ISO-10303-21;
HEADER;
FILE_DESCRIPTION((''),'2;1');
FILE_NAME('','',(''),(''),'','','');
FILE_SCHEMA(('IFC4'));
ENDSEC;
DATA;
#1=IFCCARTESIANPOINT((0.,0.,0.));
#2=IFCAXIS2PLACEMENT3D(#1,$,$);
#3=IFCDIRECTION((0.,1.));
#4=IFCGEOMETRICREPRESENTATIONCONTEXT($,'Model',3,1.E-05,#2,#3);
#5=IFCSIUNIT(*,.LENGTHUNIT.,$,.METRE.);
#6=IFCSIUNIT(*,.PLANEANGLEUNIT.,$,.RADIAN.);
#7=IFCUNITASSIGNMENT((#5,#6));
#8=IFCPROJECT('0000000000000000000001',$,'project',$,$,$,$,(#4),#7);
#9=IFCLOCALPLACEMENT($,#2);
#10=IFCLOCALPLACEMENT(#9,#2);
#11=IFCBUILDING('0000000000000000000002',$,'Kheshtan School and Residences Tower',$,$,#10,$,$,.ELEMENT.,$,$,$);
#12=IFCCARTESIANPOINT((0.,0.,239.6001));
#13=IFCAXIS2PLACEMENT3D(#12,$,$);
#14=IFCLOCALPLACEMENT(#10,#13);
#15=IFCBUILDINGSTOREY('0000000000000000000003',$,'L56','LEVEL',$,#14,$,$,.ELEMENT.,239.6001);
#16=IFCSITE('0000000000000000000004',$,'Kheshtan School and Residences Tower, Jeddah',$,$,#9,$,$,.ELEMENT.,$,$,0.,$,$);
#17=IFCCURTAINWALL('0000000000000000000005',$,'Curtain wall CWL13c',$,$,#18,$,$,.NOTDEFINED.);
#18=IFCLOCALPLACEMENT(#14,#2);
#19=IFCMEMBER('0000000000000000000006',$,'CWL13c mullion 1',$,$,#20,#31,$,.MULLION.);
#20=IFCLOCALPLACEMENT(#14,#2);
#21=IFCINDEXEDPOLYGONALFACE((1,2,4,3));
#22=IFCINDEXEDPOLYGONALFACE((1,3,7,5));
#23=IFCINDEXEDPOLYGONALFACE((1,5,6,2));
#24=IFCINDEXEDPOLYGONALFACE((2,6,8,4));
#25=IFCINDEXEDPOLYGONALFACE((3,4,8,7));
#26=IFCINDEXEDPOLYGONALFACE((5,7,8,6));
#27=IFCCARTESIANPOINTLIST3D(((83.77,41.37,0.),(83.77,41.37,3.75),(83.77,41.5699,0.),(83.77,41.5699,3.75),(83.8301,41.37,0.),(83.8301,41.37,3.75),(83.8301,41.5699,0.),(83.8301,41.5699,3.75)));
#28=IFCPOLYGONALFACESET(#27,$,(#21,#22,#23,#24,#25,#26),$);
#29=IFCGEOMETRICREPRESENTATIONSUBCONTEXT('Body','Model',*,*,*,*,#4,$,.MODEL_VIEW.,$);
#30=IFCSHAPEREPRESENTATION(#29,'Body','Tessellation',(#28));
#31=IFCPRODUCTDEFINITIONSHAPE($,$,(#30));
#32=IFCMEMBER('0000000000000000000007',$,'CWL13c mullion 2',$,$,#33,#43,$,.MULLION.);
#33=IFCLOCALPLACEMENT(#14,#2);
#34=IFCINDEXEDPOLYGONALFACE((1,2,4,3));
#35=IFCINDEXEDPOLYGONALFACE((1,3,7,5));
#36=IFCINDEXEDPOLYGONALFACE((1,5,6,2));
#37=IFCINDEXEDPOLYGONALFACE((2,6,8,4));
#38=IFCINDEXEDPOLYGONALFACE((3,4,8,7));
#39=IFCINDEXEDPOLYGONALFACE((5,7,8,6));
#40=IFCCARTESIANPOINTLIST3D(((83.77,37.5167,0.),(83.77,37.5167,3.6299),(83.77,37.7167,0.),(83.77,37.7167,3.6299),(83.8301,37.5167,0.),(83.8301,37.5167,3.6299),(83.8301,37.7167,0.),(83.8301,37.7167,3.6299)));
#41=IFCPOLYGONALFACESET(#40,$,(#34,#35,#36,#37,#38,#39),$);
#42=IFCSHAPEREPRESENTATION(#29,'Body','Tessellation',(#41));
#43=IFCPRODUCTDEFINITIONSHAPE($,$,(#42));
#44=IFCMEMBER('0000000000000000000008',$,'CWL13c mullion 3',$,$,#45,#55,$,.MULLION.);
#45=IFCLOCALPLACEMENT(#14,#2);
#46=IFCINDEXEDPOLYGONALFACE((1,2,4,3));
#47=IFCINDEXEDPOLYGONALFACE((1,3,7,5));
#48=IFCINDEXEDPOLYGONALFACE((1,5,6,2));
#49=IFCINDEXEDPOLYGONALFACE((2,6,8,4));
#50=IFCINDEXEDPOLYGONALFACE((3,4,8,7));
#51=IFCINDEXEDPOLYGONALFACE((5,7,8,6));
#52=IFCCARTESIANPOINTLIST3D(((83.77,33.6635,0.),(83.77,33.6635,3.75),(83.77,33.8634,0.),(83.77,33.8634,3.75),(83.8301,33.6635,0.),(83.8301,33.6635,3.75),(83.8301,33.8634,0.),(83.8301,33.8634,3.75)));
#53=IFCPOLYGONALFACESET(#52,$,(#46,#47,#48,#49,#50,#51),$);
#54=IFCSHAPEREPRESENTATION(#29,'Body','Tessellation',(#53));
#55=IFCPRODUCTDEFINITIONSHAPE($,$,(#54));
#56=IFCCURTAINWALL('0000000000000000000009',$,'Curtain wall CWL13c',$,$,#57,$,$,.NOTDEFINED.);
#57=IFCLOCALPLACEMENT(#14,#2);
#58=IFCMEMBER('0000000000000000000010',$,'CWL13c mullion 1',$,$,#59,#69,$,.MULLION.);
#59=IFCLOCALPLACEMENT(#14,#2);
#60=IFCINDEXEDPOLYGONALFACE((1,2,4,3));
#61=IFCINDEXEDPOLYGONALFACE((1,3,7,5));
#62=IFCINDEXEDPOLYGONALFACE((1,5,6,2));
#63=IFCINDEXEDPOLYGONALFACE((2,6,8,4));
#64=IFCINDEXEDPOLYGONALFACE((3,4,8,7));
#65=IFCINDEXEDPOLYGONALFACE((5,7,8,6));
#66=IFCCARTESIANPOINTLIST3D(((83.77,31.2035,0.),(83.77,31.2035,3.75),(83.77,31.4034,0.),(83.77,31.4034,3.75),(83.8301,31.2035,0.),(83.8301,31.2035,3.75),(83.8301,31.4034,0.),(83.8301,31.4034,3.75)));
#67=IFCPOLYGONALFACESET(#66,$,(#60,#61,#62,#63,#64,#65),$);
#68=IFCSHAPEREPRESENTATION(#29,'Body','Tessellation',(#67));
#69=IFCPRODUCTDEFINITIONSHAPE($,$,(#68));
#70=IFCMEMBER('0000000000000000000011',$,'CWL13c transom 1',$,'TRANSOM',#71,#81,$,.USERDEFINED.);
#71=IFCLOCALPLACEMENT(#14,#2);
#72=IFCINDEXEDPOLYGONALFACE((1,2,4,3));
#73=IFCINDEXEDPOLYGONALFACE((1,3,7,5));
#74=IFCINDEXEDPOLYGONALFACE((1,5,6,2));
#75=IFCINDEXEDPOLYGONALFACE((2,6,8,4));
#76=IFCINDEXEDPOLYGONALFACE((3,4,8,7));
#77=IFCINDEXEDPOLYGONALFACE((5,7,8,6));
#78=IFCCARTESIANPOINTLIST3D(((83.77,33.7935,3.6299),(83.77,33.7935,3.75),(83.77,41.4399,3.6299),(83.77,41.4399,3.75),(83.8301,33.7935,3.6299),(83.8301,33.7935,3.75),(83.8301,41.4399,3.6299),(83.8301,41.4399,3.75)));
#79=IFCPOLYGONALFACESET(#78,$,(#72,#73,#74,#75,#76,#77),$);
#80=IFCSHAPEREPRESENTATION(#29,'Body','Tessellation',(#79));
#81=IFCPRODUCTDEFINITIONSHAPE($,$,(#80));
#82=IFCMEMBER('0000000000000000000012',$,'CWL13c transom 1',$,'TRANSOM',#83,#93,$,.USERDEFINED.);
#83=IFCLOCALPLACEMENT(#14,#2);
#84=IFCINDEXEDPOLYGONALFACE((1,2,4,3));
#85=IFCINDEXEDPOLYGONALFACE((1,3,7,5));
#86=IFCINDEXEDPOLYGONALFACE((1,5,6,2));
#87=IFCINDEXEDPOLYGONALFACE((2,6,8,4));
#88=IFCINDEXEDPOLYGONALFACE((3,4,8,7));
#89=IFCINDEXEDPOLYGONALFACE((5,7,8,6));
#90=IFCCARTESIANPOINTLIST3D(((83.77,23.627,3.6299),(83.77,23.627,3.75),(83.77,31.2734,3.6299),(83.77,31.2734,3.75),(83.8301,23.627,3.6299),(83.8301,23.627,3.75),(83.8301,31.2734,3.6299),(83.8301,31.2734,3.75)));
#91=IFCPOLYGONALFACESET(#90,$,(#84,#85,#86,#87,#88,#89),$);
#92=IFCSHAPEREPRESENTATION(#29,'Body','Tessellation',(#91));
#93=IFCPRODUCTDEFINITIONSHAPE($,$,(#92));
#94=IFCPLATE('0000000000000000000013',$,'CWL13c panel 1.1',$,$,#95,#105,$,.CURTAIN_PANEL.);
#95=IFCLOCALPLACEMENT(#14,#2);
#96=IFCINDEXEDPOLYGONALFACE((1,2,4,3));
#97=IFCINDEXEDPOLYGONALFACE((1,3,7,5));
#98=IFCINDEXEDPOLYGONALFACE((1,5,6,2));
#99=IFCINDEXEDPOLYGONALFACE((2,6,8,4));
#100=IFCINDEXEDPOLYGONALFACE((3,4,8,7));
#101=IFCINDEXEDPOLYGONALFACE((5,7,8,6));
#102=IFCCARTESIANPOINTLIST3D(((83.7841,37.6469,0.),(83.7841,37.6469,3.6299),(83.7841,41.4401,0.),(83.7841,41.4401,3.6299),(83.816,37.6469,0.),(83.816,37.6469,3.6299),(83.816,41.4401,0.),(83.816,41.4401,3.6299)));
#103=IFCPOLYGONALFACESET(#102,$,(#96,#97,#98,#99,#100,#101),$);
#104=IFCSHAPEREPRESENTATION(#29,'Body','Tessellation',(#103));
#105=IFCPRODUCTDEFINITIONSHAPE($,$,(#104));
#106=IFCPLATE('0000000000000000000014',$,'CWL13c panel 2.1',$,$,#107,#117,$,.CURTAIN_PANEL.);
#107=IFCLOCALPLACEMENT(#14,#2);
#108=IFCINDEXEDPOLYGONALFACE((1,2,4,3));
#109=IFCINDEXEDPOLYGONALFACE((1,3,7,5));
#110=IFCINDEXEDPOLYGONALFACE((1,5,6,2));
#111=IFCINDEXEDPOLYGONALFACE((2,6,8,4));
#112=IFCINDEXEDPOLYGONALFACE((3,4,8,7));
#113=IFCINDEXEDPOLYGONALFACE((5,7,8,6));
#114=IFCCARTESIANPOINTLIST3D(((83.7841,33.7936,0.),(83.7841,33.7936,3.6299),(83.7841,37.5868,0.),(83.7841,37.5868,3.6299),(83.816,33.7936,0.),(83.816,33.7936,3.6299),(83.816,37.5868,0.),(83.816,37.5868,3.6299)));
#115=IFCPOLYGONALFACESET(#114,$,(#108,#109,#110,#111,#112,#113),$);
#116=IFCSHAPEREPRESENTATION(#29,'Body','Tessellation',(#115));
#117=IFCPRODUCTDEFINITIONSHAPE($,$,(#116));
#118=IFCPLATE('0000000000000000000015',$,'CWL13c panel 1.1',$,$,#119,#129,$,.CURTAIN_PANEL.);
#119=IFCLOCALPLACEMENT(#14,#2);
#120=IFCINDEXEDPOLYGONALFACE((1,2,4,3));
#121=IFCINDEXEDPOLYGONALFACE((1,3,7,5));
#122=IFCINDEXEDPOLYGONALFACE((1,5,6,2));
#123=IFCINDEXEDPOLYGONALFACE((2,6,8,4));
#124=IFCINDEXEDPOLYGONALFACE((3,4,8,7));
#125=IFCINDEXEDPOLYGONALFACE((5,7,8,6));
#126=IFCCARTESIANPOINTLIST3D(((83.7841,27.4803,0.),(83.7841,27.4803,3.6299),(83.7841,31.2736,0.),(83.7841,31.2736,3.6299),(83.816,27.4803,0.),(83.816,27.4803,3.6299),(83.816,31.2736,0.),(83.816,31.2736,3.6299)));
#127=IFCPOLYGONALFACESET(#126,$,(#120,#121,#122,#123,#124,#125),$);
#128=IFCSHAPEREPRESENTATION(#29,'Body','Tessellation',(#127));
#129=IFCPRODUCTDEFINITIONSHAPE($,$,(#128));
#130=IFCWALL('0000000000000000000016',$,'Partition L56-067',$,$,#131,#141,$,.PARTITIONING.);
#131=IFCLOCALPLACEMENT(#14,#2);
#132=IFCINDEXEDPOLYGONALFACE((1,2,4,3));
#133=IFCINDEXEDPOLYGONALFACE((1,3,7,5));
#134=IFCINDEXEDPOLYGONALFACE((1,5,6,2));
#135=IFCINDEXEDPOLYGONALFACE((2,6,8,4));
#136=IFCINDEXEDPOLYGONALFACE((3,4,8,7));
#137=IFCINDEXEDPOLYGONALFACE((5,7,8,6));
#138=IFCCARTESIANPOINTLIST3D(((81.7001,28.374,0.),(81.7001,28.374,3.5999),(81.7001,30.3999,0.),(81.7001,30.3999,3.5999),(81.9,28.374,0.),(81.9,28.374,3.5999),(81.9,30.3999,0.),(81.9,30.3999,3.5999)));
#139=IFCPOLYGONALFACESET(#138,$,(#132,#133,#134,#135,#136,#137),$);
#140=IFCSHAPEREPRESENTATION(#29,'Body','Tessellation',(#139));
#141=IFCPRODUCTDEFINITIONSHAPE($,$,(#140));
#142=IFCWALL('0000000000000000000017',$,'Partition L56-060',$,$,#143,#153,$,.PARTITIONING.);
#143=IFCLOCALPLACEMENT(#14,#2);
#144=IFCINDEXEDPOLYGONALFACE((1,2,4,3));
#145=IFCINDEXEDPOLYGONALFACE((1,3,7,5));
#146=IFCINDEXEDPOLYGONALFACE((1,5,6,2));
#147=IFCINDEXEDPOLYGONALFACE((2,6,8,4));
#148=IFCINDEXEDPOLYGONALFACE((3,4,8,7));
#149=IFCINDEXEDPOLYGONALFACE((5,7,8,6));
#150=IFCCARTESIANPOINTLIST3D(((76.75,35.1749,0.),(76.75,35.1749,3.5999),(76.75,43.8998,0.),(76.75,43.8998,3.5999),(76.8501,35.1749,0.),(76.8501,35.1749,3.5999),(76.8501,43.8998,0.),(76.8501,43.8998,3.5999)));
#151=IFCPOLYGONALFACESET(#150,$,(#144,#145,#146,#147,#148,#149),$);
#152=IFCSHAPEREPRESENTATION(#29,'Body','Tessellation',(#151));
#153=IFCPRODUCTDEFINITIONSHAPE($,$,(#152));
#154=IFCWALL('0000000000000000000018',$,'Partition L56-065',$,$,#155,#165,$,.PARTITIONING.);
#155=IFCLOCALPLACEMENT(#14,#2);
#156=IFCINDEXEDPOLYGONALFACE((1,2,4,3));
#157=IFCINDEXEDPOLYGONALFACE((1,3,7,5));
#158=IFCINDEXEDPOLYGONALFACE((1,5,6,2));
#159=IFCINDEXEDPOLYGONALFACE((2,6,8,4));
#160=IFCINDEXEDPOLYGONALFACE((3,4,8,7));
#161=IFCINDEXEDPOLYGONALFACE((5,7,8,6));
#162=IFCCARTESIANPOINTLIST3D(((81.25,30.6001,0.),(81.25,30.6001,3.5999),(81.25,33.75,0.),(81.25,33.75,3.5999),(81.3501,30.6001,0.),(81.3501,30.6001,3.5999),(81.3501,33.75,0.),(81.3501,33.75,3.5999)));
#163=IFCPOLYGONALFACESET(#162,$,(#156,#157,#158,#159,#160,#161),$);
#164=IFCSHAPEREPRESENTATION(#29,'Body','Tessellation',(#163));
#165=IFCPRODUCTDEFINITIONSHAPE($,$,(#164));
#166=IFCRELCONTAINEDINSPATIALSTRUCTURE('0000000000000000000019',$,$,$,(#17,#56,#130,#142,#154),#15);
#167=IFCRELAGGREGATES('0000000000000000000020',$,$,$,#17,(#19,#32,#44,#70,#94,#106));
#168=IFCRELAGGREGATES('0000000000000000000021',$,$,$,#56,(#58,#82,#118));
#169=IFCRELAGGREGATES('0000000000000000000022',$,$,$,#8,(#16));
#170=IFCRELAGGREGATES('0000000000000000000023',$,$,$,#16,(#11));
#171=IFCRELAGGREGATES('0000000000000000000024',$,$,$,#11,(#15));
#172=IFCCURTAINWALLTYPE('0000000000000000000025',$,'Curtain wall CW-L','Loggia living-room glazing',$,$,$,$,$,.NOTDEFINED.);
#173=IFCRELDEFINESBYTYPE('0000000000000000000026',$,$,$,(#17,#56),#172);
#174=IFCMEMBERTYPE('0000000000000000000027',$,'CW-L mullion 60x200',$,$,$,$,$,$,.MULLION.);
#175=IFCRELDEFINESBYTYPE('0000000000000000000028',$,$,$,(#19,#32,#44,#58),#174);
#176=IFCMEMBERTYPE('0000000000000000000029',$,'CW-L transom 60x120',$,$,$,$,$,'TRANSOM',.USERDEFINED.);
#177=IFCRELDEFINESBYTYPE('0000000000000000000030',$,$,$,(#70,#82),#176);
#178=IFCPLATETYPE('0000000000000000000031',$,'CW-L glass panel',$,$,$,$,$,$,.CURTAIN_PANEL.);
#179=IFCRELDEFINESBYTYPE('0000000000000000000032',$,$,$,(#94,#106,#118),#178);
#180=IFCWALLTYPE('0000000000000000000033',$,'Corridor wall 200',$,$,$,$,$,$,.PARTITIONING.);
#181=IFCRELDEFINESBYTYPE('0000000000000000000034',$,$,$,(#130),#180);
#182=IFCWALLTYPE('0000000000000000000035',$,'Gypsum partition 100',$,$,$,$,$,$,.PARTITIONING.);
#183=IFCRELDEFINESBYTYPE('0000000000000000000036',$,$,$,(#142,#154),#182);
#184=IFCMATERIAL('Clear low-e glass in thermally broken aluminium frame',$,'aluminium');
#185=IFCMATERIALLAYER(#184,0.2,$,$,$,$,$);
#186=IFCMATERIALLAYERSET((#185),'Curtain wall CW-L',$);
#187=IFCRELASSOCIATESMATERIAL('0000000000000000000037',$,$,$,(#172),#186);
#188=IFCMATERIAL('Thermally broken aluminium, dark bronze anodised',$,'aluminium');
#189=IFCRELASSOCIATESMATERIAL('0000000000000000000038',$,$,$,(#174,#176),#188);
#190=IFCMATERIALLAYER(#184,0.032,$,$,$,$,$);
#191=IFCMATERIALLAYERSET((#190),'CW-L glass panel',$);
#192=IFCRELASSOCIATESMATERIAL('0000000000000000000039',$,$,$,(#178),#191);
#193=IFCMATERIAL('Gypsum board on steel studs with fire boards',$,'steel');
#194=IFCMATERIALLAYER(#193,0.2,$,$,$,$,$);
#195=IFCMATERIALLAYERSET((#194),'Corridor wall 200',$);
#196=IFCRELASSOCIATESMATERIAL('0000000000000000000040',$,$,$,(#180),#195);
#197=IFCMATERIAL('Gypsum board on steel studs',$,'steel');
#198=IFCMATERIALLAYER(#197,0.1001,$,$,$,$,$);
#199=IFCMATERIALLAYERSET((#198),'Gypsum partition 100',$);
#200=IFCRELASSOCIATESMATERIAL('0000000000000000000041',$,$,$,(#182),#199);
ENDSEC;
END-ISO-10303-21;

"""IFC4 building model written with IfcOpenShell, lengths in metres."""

from ifc_helpers import new_model, si_unit, direction, frame, frame_2d, origin, origin_2d, place, context, subcontext, project, spatial, rectangle, extrude, material, layer, layer_set, material_profile, profile_set, type_object, element, aggregate, save


model = new_model("IFC4")

# Units and contexts
model_context = context("Model", 3, precision=1e-05, world=origin(), true_north=direction((0.0, 1.0)))
body_context = subcontext(model_context, "Body", "Model", "MODEL_VIEW")
ifc_project = project(units=[si_unit("LENGTHUNIT", "METRE"), si_unit("PLANEANGLEUNIT", "RADIAN")], contexts=[model_context])

# Site, building, storey
site_placement = place(None, origin())
site = spatial("IfcSite", under=ifc_project, at=site_placement, Name="Kheshtan School and Residences Tower, Jeddah", CompositionType="ELEMENT", RefElevation=0.0)
building_placement = place(site_placement, origin())
building = spatial("IfcBuilding", under=site, at=building_placement, Name="Kheshtan School and Residences Tower", CompositionType="ELEMENT")
storey_placement = place(building_placement, frame((0.0, 0.0, 239.6001)))
storey = spatial("IfcBuildingStorey", under=building, at=storey_placement, Name="L56", Description="LEVEL", CompositionType="ELEMENT", Elevation=239.6001)

# Curtain wall, members
ifc_material_1 = material(Name="Clear low-e glass in thermally broken aluminium frame", Category="aluminium")
ifc_layer_1 = layer(ifc_material_1, 0.2)
ifc_layer_set_1 = layer_set([ifc_layer_1], Name="Curtain wall CW-L")
curtain_wall_type = type_object("IfcCurtainWallType", Name="Curtain wall CW-L", Description="Loggia living-room glazing", PredefinedType="NOTDEFINED", material=ifc_layer_set_1)
curtain_wall_1_placement = place(storey_placement, origin())
curtain_wall_1 = element("IfcCurtainWall", 1, at=curtain_wall_1_placement, inside=storey, type_object=curtain_wall_type, Name="Curtain wall CWL13c", PredefinedType="NOTDEFINED")
ifc_material_2 = material(Name="Thermally broken aluminium, dark bronze anodised", Category="aluminium")
ifc_material_profile_1 = material_profile(ifc_material_2, rectangle(XDim=0.0601, YDim=0.2, at=origin_2d()), Name="CW-L mullion 60x200")
ifc_profile_set_1 = profile_set([ifc_material_profile_1], Name="Thermally broken aluminium, dark bronze anodised")
member_type_1 = type_object("IfcMemberType", Name="CW-L mullion 60x200", PredefinedType="MULLION", material=ifc_profile_set_1)
member_1_placement = place(storey_placement, frame((83.8, 41.47, 0.0), z_axis=(0.0, 0.0, 1.0), x_axis=(1.0, 0.0, 0.0)))
member_1 = element("IfcMember", 2, at=member_1_placement, type_object=member_type_1, Name="CWL13c mullion 1", PredefinedType="MULLION", context=body_context, shape_type="SweptSolid", body=[
    extrude(rectangle(XDim=0.0601, YDim=0.2, at=origin_2d()), origin(), (0.0, 0.0, 1.0), 3.75),
])
member_2_placement = place(storey_placement, frame((83.8, 37.6167, 0.0), z_axis=(0.0, 0.0, 1.0), x_axis=(1.0, 0.0, 0.0)))
member_2 = element("IfcMember", 3, at=member_2_placement, type_object=member_type_1, Name="CWL13c mullion 2", PredefinedType="MULLION", context=body_context, shape_type="SweptSolid", body=[
    extrude(rectangle(XDim=0.0601, YDim=0.2, at=origin_2d()), origin(), (0.0, 0.0, 1.0), 3.6299),
])
member_3_placement = place(storey_placement, frame((83.8, 33.7634, 0.0), z_axis=(0.0, 0.0, 1.0), x_axis=(1.0, 0.0, 0.0)))
member_3 = element("IfcMember", 4, at=member_3_placement, type_object=member_type_1, Name="CWL13c mullion 3", PredefinedType="MULLION", context=body_context, shape_type="SweptSolid", body=[
    extrude(rectangle(XDim=0.0601, YDim=0.2, at=origin_2d()), origin(), (0.0, 0.0, 1.0), 3.75),
])

# Curtain wall, member
curtain_wall_2_placement = place(storey_placement, origin())
curtain_wall_2 = element("IfcCurtainWall", 5, at=curtain_wall_2_placement, inside=storey, type_object=curtain_wall_type, Name="Curtain wall CWL13c", PredefinedType="NOTDEFINED")
member_4_placement = place(storey_placement, frame((83.8, 31.3035, 0.0), z_axis=(0.0, 0.0, 1.0), x_axis=(1.0, 0.0, 0.0)))
member_4 = element("IfcMember", 6, at=member_4_placement, type_object=member_type_1, Name="CWL13c mullion 1", PredefinedType="MULLION", context=body_context, shape_type="SweptSolid", body=[
    extrude(rectangle(XDim=0.0601, YDim=0.2, at=origin_2d()), origin(), (0.0, 0.0, 1.0), 3.75),
])

# Members
ifc_material_profile_2 = material_profile(ifc_material_2, rectangle(XDim=0.0601, YDim=0.1201, at=origin_2d()), Name="CW-L transom 60x120")
ifc_profile_set_2 = profile_set([ifc_material_profile_2], Name="Thermally broken aluminium, dark bronze anodised")
member_type_2 = type_object("IfcMemberType", Name="CW-L transom 60x120", ElementType="TRANSOM", PredefinedType="USERDEFINED", material=ifc_profile_set_2)
member_5_placement = place(storey_placement, frame((83.8, 41.4399, 3.6899), z_axis=(0.0, -1.0, 0.0), x_axis=(1.0, 0.0, 0.0)))
member_5 = element("IfcMember", 7, at=member_5_placement, type_object=member_type_2, Name="CWL13c transom 1", ObjectType="TRANSOM", PredefinedType="USERDEFINED", context=body_context, shape_type="SweptSolid", body=[
    extrude(rectangle(XDim=0.0601, YDim=0.1201, at=origin_2d()), origin(), (0.0, 0.0, 1.0), 7.6465),
])
member_6_placement = place(storey_placement, frame((83.8, 31.2734, 3.6899), z_axis=(0.0, -1.0, 0.0), x_axis=(1.0, 0.0, 0.0)))
member_6 = element("IfcMember", 8, at=member_6_placement, type_object=member_type_2, Name="CWL13c transom 1", ObjectType="TRANSOM", PredefinedType="USERDEFINED", context=body_context, shape_type="SweptSolid", body=[
    extrude(rectangle(XDim=0.0601, YDim=0.1201, at=origin_2d()), origin(), (0.0, 0.0, 1.0), 7.6465),
])

# Plates
ifc_layer_2 = layer(ifc_material_1, 0.032)
ifc_layer_set_2 = layer_set([ifc_layer_2], Name="CW-L glass panel")
plate_type = type_object("IfcPlateType", Name="CW-L glass panel", PredefinedType="CURTAIN_PANEL", material=ifc_layer_set_2)
plate_1_placement = place(storey_placement, frame((83.8, 39.5435, 0.0), z_axis=(0.0, 0.0, 1.0), x_axis=(0.0, -1.0, 0.0)))
plate_1 = element("IfcPlate", 9, at=plate_1_placement, type_object=plate_type, Name="CWL13c panel 1.1", PredefinedType="CURTAIN_PANEL", context=body_context, shape_type="SweptSolid", body=[
    extrude(rectangle(XDim=3.7932, YDim=0.032, at=origin_2d()), origin(), (0.0, 0.0, 1.0), 3.6299),
])
plate_2_placement = place(storey_placement, frame((83.8, 35.6902, 0.0), z_axis=(0.0, 0.0, 1.0), x_axis=(0.0, -1.0, 0.0)))
plate_2 = element("IfcPlate", 10, at=plate_2_placement, type_object=plate_type, Name="CWL13c panel 2.1", PredefinedType="CURTAIN_PANEL", context=body_context, shape_type="SweptSolid", body=[
    extrude(rectangle(XDim=3.7932, YDim=0.032, at=origin_2d()), origin(), (0.0, 0.0, 1.0), 3.6299),
])
aggregate(curtain_wall_1, [member_1, member_2, member_3, member_5, plate_1, plate_2])
plate_3_placement = place(storey_placement, frame((83.8, 29.377, 0.0), z_axis=(0.0, 0.0, 1.0), x_axis=(0.0, -1.0, 0.0)))
plate_3 = element("IfcPlate", 11, at=plate_3_placement, type_object=plate_type, Name="CWL13c panel 1.1", PredefinedType="CURTAIN_PANEL", context=body_context, shape_type="SweptSolid", body=[
    extrude(rectangle(XDim=3.7932, YDim=0.032, at=origin_2d()), origin(), (0.0, 0.0, 1.0), 3.6299),
])
aggregate(curtain_wall_2, [member_4, member_6, plate_3])

# Wall
ifc_material_3 = material(Name="Gypsum board on steel studs with fire boards", Category="steel")
ifc_layer_3 = layer(ifc_material_3, 0.2)
ifc_layer_set_3 = layer_set([ifc_layer_3], Name="Corridor wall 200")
wall_type_1 = type_object("IfcWallType", Name="Corridor wall 200", PredefinedType="PARTITIONING", material=ifc_layer_set_3)
wall_1_placement = place(storey_placement, frame((81.8, 28.374, 0.0), z_axis=(0.0, 0.0, 1.0), x_axis=(0.0, 1.0, 0.0)))
element("IfcWall", 12, at=wall_1_placement, inside=storey, type_object=wall_type_1, Name="Partition L56-067", PredefinedType="PARTITIONING", context=body_context, shape_type="SweptSolid", body=[
    extrude(rectangle(XDim=2.0259, YDim=0.2, at=frame_2d((1.0129, 0.0))), origin(), (0.0, 0.0, 1.0), 3.5999),
])

# Walls
ifc_material_4 = material(Name="Gypsum board on steel studs", Category="steel")
ifc_layer_4 = layer(ifc_material_4, 0.1001)
ifc_layer_set_4 = layer_set([ifc_layer_4], Name="Gypsum partition 100")
wall_type_2 = type_object("IfcWallType", Name="Gypsum partition 100", PredefinedType="PARTITIONING", material=ifc_layer_set_4)
wall_2_placement = place(storey_placement, frame((76.8, 35.175, 0.0), z_axis=(0.0, 0.0, 1.0), x_axis=(0.0, 1.0, 0.0)))
element("IfcWall", 13, at=wall_2_placement, inside=storey, type_object=wall_type_2, Name="Partition L56-060", PredefinedType="PARTITIONING", context=body_context, shape_type="SweptSolid", body=[
    extrude(rectangle(XDim=8.7249, YDim=0.1001, at=frame_2d((4.3623, 0.0))), origin(), (0.0, 0.0, 1.0), 3.5999),
])
wall_3_placement = place(storey_placement, frame((81.3, 30.6001, 0.0), z_axis=(0.0, 0.0, 1.0), x_axis=(0.0, 1.0, 0.0)))
element("IfcWall", 14, at=wall_3_placement, inside=storey, type_object=wall_type_2, Name="Partition L56-065", PredefinedType="PARTITIONING", context=body_context, shape_type="SweptSolid", body=[
    extrude(rectangle(XDim=3.1499, YDim=0.1001, at=frame_2d((1.575, 0.0))), origin(), (0.0, 0.0, 1.0), 3.5999),
])

save(model, "model.ifc")
